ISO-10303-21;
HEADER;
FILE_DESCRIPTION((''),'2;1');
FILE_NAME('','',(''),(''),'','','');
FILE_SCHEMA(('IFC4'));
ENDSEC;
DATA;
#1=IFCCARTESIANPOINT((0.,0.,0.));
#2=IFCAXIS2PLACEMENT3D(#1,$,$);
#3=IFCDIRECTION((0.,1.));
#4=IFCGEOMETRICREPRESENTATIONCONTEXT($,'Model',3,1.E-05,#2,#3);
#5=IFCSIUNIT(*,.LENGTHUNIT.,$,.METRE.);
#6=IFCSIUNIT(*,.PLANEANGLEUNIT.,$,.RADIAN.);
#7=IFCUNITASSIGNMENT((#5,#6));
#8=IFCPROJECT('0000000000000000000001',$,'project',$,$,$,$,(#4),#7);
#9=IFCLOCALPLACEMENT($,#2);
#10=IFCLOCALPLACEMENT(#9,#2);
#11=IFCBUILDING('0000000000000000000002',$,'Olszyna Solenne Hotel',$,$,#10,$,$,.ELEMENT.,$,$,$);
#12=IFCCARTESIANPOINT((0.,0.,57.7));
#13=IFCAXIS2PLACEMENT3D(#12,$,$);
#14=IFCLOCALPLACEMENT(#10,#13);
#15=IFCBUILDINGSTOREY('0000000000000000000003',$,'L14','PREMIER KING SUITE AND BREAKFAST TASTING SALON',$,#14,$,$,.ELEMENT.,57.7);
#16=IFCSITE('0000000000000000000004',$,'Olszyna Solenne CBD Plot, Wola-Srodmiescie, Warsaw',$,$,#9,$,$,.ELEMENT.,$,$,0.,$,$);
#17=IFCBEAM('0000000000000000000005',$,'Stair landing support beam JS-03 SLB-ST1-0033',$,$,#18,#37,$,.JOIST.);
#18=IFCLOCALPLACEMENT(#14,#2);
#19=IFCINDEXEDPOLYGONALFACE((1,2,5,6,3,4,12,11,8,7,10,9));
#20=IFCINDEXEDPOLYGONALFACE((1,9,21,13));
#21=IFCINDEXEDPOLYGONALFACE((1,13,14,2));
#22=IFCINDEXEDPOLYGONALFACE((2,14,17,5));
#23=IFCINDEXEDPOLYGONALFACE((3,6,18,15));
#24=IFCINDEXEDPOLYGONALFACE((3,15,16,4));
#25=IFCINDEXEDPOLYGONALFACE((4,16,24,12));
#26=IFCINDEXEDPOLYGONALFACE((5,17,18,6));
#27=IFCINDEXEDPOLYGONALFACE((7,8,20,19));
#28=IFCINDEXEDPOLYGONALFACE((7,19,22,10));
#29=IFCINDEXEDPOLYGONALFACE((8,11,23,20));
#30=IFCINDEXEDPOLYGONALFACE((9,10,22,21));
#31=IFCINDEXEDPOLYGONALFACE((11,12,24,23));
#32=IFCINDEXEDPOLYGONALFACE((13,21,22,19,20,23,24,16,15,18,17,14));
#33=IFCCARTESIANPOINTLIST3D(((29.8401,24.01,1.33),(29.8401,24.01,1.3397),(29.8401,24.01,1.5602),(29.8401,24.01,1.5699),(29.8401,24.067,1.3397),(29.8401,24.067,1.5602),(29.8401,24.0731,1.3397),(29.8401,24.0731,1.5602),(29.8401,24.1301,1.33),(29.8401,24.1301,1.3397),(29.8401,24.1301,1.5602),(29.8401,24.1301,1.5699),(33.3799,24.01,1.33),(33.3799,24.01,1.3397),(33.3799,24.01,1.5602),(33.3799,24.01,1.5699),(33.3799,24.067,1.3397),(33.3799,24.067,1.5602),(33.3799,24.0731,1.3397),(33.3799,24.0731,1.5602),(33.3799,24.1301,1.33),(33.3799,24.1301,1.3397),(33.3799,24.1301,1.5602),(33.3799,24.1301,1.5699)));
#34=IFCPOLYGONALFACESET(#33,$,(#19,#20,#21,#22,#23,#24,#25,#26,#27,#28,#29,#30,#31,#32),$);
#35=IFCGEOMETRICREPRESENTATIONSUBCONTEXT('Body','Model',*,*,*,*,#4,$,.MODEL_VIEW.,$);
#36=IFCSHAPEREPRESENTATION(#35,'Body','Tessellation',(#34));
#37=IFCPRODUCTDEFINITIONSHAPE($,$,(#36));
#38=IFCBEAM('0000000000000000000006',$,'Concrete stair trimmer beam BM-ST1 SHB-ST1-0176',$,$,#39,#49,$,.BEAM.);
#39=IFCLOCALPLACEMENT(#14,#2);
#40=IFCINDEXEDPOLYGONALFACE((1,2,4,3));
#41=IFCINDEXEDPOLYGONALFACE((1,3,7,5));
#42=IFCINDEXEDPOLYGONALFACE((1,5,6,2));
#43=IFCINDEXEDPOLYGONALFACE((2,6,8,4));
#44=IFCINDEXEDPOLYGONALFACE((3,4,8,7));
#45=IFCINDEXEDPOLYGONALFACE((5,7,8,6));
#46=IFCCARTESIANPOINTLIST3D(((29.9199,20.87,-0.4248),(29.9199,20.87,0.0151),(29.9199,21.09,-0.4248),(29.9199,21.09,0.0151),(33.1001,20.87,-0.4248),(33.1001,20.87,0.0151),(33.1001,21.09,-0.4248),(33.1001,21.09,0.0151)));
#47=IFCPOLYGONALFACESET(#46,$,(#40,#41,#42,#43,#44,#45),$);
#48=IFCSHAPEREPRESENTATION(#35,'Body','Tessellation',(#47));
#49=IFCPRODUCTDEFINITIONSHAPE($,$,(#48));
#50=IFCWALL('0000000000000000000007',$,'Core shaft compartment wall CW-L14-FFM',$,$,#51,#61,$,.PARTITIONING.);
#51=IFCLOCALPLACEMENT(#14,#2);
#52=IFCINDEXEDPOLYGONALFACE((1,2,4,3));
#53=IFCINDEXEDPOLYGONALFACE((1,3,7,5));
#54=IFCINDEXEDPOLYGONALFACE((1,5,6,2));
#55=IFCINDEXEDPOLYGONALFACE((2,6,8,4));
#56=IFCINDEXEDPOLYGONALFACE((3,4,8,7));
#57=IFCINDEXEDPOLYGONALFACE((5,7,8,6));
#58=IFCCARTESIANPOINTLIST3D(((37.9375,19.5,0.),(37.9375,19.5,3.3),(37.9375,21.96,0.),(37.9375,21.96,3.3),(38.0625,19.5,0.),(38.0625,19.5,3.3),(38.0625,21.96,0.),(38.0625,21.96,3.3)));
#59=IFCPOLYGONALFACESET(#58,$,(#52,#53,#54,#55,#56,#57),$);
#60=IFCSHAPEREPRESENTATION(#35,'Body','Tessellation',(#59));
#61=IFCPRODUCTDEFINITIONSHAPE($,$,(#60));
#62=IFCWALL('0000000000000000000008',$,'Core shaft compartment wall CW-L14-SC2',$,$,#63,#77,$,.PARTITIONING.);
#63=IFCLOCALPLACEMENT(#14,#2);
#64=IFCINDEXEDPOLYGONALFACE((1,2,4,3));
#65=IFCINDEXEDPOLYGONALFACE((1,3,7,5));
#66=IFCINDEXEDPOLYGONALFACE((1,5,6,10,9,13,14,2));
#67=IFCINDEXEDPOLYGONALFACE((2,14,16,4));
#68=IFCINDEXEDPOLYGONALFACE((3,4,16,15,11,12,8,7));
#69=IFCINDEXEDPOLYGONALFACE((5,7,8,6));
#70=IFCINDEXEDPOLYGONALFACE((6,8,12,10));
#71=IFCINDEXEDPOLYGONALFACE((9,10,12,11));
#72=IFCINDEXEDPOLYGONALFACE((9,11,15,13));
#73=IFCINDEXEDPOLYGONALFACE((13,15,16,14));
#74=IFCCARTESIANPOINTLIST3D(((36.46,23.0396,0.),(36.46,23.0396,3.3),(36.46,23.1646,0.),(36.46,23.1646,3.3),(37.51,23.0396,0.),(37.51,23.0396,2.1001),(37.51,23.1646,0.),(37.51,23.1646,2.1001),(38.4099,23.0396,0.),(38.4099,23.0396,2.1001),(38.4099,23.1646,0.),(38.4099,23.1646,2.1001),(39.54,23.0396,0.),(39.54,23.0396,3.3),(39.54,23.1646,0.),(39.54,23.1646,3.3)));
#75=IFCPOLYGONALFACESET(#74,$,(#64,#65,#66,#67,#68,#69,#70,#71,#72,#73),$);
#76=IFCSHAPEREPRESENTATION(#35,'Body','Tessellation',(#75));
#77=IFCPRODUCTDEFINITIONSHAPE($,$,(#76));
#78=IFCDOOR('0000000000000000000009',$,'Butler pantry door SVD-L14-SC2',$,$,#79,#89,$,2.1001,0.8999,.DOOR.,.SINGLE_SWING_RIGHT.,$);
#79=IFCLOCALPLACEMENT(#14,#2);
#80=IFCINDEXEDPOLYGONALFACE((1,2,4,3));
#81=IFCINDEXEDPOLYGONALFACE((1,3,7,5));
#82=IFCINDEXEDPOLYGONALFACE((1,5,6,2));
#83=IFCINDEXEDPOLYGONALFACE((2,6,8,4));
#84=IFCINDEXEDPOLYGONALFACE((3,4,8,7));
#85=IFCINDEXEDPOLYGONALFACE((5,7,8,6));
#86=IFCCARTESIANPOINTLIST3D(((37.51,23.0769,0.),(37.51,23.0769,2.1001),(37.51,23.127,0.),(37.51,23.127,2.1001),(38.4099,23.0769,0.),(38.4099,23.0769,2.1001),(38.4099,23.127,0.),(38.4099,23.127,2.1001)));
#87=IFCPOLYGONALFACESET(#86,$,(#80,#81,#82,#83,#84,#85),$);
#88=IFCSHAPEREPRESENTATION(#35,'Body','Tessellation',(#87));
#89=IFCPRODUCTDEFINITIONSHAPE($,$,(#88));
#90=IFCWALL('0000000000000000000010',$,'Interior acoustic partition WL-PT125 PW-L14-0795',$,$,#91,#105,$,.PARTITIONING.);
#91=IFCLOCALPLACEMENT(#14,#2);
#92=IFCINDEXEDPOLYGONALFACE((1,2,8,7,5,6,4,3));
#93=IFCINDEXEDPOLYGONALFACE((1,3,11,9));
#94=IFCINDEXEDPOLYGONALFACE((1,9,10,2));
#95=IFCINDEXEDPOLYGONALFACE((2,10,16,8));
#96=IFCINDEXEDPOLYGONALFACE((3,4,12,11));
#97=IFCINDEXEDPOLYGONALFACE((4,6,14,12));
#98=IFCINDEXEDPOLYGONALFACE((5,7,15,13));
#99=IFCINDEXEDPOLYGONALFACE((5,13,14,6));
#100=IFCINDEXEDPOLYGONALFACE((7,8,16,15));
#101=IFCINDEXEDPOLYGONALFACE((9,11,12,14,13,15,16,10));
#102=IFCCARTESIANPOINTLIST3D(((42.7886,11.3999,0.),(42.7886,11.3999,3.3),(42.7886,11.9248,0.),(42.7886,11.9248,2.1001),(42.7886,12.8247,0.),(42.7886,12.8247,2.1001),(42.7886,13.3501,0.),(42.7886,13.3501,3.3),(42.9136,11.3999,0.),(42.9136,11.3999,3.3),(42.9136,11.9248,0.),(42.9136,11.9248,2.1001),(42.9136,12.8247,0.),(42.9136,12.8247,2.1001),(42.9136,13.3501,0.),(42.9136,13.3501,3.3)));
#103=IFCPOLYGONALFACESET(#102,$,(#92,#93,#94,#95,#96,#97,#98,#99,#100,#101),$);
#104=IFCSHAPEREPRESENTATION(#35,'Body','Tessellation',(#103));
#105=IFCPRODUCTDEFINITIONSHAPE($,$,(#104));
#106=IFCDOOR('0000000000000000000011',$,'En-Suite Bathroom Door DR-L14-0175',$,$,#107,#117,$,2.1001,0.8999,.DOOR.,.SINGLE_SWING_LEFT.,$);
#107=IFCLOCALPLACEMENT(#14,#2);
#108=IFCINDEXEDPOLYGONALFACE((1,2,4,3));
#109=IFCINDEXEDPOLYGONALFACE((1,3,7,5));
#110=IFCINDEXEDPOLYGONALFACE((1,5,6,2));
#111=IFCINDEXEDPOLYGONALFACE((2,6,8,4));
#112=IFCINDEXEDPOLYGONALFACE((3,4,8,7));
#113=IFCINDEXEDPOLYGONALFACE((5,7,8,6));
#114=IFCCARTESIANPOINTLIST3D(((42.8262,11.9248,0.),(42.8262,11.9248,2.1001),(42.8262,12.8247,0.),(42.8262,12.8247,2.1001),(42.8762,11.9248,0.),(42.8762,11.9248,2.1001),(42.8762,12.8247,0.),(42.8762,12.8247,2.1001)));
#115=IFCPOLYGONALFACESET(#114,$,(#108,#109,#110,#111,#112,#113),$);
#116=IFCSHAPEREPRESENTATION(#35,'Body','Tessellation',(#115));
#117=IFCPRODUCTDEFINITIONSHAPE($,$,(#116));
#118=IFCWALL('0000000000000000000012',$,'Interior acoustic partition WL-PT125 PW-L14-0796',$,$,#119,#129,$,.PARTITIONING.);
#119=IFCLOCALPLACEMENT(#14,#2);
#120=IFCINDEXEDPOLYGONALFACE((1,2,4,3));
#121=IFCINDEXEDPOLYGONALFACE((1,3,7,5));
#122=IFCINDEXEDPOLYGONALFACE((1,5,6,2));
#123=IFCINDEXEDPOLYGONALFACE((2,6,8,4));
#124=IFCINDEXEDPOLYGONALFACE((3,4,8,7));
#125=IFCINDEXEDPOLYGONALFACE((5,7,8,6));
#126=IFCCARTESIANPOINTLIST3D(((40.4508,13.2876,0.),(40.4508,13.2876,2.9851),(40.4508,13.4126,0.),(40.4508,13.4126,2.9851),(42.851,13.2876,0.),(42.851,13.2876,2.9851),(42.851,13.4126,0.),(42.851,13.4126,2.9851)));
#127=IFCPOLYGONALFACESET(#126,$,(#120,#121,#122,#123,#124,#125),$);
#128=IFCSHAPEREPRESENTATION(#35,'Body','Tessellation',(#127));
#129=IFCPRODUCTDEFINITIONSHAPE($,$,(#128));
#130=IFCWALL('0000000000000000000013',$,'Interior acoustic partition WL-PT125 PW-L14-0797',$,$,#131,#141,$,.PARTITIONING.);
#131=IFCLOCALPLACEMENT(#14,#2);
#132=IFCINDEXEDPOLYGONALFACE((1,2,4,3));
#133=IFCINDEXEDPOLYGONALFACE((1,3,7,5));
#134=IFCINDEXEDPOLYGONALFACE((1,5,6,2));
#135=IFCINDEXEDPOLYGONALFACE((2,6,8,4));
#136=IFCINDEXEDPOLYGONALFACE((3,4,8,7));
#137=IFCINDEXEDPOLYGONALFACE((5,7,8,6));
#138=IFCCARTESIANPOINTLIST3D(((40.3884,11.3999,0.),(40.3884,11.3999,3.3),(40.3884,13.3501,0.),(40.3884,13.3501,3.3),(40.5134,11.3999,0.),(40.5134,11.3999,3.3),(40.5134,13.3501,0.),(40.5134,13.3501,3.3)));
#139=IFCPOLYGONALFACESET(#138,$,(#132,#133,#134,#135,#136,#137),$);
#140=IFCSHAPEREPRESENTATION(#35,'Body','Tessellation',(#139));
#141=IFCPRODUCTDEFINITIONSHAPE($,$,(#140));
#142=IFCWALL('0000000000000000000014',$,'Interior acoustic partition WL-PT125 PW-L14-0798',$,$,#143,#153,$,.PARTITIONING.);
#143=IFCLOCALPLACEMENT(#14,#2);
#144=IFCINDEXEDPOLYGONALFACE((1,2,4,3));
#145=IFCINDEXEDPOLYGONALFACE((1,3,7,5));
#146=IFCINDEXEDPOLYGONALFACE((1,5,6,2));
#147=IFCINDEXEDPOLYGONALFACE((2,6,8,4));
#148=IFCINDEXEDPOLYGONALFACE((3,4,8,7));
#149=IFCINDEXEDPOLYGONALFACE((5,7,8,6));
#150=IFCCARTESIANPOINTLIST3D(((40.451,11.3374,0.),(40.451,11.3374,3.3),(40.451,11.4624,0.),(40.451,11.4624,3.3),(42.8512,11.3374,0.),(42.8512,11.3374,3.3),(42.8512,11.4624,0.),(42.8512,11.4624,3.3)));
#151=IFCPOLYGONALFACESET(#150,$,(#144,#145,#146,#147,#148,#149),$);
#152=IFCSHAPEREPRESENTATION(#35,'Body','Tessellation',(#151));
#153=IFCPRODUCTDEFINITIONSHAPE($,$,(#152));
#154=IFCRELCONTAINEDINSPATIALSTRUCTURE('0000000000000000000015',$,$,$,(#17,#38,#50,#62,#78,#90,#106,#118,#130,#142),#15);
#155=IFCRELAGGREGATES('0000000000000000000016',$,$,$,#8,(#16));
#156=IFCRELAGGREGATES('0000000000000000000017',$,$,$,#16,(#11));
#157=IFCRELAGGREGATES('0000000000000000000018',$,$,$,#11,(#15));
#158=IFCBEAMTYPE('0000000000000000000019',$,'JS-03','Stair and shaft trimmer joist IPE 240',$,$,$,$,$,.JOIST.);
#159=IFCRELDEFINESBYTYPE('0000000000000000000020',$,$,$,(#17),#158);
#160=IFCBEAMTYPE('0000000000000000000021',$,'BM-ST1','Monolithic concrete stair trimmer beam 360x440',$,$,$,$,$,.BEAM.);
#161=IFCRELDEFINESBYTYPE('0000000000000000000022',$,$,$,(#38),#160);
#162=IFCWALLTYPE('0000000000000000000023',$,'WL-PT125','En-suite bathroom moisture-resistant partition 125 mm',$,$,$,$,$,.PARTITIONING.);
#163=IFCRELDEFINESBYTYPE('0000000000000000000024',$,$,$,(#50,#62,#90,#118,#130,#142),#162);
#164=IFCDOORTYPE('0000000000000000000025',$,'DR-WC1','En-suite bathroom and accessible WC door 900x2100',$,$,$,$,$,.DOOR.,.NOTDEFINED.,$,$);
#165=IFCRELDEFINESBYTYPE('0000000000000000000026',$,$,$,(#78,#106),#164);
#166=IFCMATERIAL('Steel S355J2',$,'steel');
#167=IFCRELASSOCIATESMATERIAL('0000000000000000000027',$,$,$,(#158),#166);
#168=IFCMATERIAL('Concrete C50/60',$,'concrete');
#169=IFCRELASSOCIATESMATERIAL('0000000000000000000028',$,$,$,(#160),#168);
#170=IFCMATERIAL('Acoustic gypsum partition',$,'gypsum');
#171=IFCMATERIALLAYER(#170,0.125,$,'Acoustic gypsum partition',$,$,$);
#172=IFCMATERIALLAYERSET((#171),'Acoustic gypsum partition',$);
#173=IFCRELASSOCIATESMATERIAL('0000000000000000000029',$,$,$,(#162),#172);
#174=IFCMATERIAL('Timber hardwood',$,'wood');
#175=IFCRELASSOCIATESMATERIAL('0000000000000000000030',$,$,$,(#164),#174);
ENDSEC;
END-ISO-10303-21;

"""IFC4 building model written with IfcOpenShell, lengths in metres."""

from ifc_helpers import new_model, si_unit, direction, frame, frame_2d, origin, origin_2d, place, context, subcontext, project, spatial, rectangle, i_section, extrude, source, transform, mapped, material, layer, layer_set, material_profile, profile_set, type_object, type_shapes, element, fill, save


model = new_model("IFC4")

# Units and contexts
model_context = context("Model", 3, precision=1e-05, world=origin(), true_north=direction((0.0, 1.0)))
body_context = subcontext(model_context, "Body", "Model", "MODEL_VIEW")
ifc_project = project(units=[si_unit("LENGTHUNIT", "METRE"), si_unit("PLANEANGLEUNIT", "RADIAN")], contexts=[model_context])

# Site, building, storey
site_placement = place(None, origin())
site = spatial("IfcSite", under=ifc_project, at=site_placement, Name="Olszyna Solenne CBD Plot, Wola-Srodmiescie, Warsaw", CompositionType="ELEMENT", RefElevation=0.0)
building_placement = place(site_placement, origin())
building = spatial("IfcBuilding", under=site, at=building_placement, Name="Olszyna Solenne Hotel", CompositionType="ELEMENT")
storey_placement = place(building_placement, frame((0.0, 0.0, 57.7)))
storey = spatial("IfcBuildingStorey", under=building, at=storey_placement, Name="L14", Description="PREMIER KING SUITE AND BREAKFAST TASTING SALON", CompositionType="ELEMENT", Elevation=57.7)

# Beams
ifc_material_1 = material(Name="Steel S355J2", Category="steel")
ifc_material_profile_1 = material_profile(ifc_material_1, i_section(OverallWidth=0.1201, OverallDepth=0.24, WebThickness=0.0061, FlangeThickness=0.0098, at=origin_2d()), Name="IPE 240", Category="load-bearing")
ifc_profile_set_1 = profile_set([ifc_material_profile_1], Name="Steel S355J2")
beam_type_1 = type_object("IfcBeamType", Name="JS-03", Description="Stair and shaft trimmer joist IPE 240", PredefinedType="JOIST", material=ifc_profile_set_1)
shared_shape_1 = source(origin(), body_context, "Body", "SweptSolid", [
    extrude(i_section(OverallWidth=0.1201, OverallDepth=0.24, WebThickness=0.0061, FlangeThickness=0.0098, at=origin_2d()), origin(), (0.0, 0.0, 1.0), 3.5398),
])
beam_1_placement = place(storey_placement, frame((33.3799, 24.0701, 1.45), z_axis=(-1.0, 0.0, 0.0), x_axis=(0.0, -1.0, 0.0)))
element("IfcBeam", 1, at=beam_1_placement, inside=storey, type_object=beam_type_1, Name="Stair landing support beam JS-03 SLB-ST1-0033", PredefinedType="JOIST", context=body_context, shape_type="MappedRepresentation", body=[
    mapped(shared_shape_1, transform((0.0, 0.0, 0.0), x_axis=(1.0, 0.0, 0.0), y_axis=(0.0, 1.0, 0.0), z_axis=(0.0, 0.0, 1.0), scale=1.0)),
])
ifc_material_2 = material(Name="Concrete C50/60", Category="concrete")
ifc_material_profile_2 = material_profile(ifc_material_2, rectangle(XDim=0.22, YDim=0.4399, at=origin_2d()), Name="RC 220x440", Category="load-bearing")
ifc_profile_set_2 = profile_set([ifc_material_profile_2], Name="Concrete C50/60")
beam_type_2 = type_object("IfcBeamType", Name="BM-ST1", Description="Monolithic concrete stair trimmer beam 360x440", PredefinedType="BEAM", material=ifc_profile_set_2)
shared_shape_2 = source(origin(), body_context, "Body", "SweptSolid", [
    extrude(rectangle(XDim=0.22, YDim=0.4399, at=origin_2d()), origin(), (0.0, 0.0, 1.0), 3.1802),
])
beam_2_placement = place(storey_placement, frame((33.1001, 20.98, -0.2048), z_axis=(-1.0, 0.0, 0.0), x_axis=(0.0, -1.0, 0.0)))
element("IfcBeam", 2, at=beam_2_placement, inside=storey, type_object=beam_type_2, Name="Concrete stair trimmer beam BM-ST1 SHB-ST1-0176", PredefinedType="BEAM", context=body_context, shape_type="MappedRepresentation", body=[
    mapped(shared_shape_2, transform((0.0, 0.0, 0.0), x_axis=(1.0, 0.0, 0.0), y_axis=(0.0, 1.0, 0.0), z_axis=(0.0, 0.0, 1.0), scale=1.0)),
])

# Wall
ifc_material_3 = material(Name="Acoustic gypsum partition", Category="gypsum")
ifc_layer_1 = layer(ifc_material_3, 0.125, Name="Acoustic gypsum partition")
ifc_layer_set_1 = layer_set([ifc_layer_1], Name="Acoustic gypsum partition")
wall_type_1 = type_object("IfcWallType", Name="WL-PT125", Description="En-suite bathroom moisture-resistant partition 125 mm", PredefinedType="PARTITIONING", material=ifc_layer_set_1)
wall_1_placement = place(storey_placement, frame((38.0, 19.5, 0.0), z_axis=(0.0, 0.0, 1.0), x_axis=(0.0, 1.0, 0.0)))
element("IfcWall", 3, at=wall_1_placement, inside=storey, type_object=wall_type_1, Name="Core shaft compartment wall CW-L14-FFM", PredefinedType="PARTITIONING", context=body_context, shape_type="SweptSolid", body=[
    extrude(rectangle(XDim=2.46, YDim=0.125, at=frame_2d((1.23, 0.0))), origin(), (0.0, 0.0, 1.0), 3.3),
])

# Walls, openings, doors
wall_2_placement = place(storey_placement, frame((36.46, 23.1021, 0.0), z_axis=(0.0, 0.0, 1.0), x_axis=(1.0, 0.0, 0.0)))
wall_2 = element("IfcWall", 4, at=wall_2_placement, inside=storey, type_object=wall_type_1, Name="Core shaft compartment wall CW-L14-SC2", PredefinedType="PARTITIONING", context=body_context, shape_type="SweptSolid", body=[
    extrude(rectangle(XDim=3.0801, YDim=0.125, at=frame_2d((1.54, 0.0))), origin(), (0.0, 0.0, 1.0), 3.3),
])
opening_1_placement = place(wall_2_placement, frame((1.05, 0.0, 0.0)))
opening_1 = element("IfcOpeningElement", 5, at=opening_1_placement, cuts=wall_2, PredefinedType="OPENING", context=body_context, shape_type="SweptSolid", body=[
    extrude(rectangle(XDim=0.8999, YDim=2.1001, at=frame_2d((0.45, 1.05))), frame((0.0, 0.0725, 0.0), z_axis=(0.0, -1.0, 0.0), x_axis=(1.0, 0.0, 0.0)), (0.0, 0.0, 1.0), 0.145),
])
ifc_material_4 = material(Name="Timber hardwood", Category="wood")
door_type_1 = type_object("IfcDoorType", Name="DR-WC1", Description="En-suite bathroom and accessible WC door 900x2100", OperationType="NOTDEFINED", PredefinedType="DOOR", material=ifc_material_4)
shared_shape_3 = source(origin(), body_context, "Body", "SweptSolid", [
    extrude(rectangle(XDim=0.8999, YDim=2.1001, at=frame_2d((0.45, 1.05))), frame((0.0, 0.0249, 0.0), z_axis=(0.0, -1.0, 0.0), x_axis=(1.0, 0.0, 0.0)), (0.0, 0.0, 1.0), 0.05),
])
type_shapes(door_type_1, [shared_shape_3])
door_1_placement = place(opening_1_placement, origin())
door_1 = element("IfcDoor", 6, at=door_1_placement, inside=storey, type_object=door_type_1, Name="Butler pantry door SVD-L14-SC2", OperationType="SINGLE_SWING_RIGHT", OverallHeight=2.1001, OverallWidth=0.8999, PredefinedType="DOOR", context=body_context, shape_type="MappedRepresentation", body=[
    mapped(shared_shape_3, transform((0.0, 0.0, 0.0), x_axis=(1.0, 0.0, 0.0), y_axis=(0.0, 1.0, 0.0), z_axis=(0.0, 0.0, 1.0), scale=1.0)),
])
fill(opening_1, door_1)
wall_3_placement = place(storey_placement, frame((42.8511, 11.3999, 0.0), z_axis=(0.0, 0.0, 1.0), x_axis=(0.0, 1.0, 0.0)))
wall_3 = element("IfcWall", 7, at=wall_3_placement, inside=storey, type_object=wall_type_1, Name="Interior acoustic partition WL-PT125 PW-L14-0795", PredefinedType="PARTITIONING", context=body_context, shape_type="SweptSolid", body=[
    extrude(rectangle(XDim=1.9502, YDim=0.125, at=frame_2d((0.9751, 0.0))), origin(), (0.0, 0.0, 1.0), 3.3),
])
opening_2_placement = place(wall_3_placement, frame((0.5249, 0.0, 0.0)))
opening_2 = element("IfcOpeningElement", 8, at=opening_2_placement, cuts=wall_3, PredefinedType="OPENING", context=body_context, shape_type="SweptSolid", body=[
    extrude(rectangle(XDim=0.8999, YDim=2.1001, at=frame_2d((0.45, 1.05))), frame((0.0, 0.0725, 0.0), z_axis=(0.0, -1.0, 0.0), x_axis=(1.0, 0.0, 0.0)), (0.0, 0.0, 1.0), 0.145),
])
door_2_placement = place(opening_2_placement, origin())
door_2 = element("IfcDoor", 9, at=door_2_placement, inside=storey, type_object=door_type_1, Name="En-Suite Bathroom Door DR-L14-0175", OperationType="SINGLE_SWING_LEFT", OverallHeight=2.1001, OverallWidth=0.8999, PredefinedType="DOOR", context=body_context, shape_type="MappedRepresentation", body=[
    mapped(shared_shape_3, transform((0.0, 0.0, 0.0), x_axis=(1.0, 0.0, 0.0), y_axis=(0.0, 1.0, 0.0), z_axis=(0.0, 0.0, 1.0), scale=1.0)),
])
fill(opening_2, door_2)

# Walls
wall_4_placement = place(storey_placement, frame((42.8511, 13.3501, 0.0), z_axis=(0.0, 0.0, 1.0), x_axis=(-1.0, 0.0, 0.0)))
element("IfcWall", 10, at=wall_4_placement, inside=storey, type_object=wall_type_1, Name="Interior acoustic partition WL-PT125 PW-L14-0796", PredefinedType="PARTITIONING", context=body_context, shape_type="SweptSolid", body=[
    extrude(rectangle(XDim=2.4001, YDim=0.125, at=frame_2d((1.2002, 0.0))), origin(), (0.0, 0.0, 1.0), 2.9851),
])
wall_5_placement = place(storey_placement, frame((40.4509, 13.3501, 0.0), z_axis=(0.0, 0.0, 1.0), x_axis=(0.0, -1.0, 0.0)))
element("IfcWall", 11, at=wall_5_placement, inside=storey, type_object=wall_type_1, Name="Interior acoustic partition WL-PT125 PW-L14-0797", PredefinedType="PARTITIONING", context=body_context, shape_type="SweptSolid", body=[
    extrude(rectangle(XDim=1.9502, YDim=0.125, at=frame_2d((0.9751, 0.0))), origin(), (0.0, 0.0, 1.0), 3.3),
])
wall_6_placement = place(storey_placement, frame((40.4509, 11.3999, 0.0), z_axis=(0.0, 0.0, 1.0), x_axis=(1.0, 0.0, 0.0)))
element("IfcWall", 12, at=wall_6_placement, inside=storey, type_object=wall_type_1, Name="Interior acoustic partition WL-PT125 PW-L14-0798", PredefinedType="PARTITIONING", context=body_context, shape_type="SweptSolid", body=[
    extrude(rectangle(XDim=2.4001, YDim=0.125, at=frame_2d((1.2002, 0.0))), origin(), (0.0, 0.0, 1.0), 3.3),
])

save(model, "model.ifc")
